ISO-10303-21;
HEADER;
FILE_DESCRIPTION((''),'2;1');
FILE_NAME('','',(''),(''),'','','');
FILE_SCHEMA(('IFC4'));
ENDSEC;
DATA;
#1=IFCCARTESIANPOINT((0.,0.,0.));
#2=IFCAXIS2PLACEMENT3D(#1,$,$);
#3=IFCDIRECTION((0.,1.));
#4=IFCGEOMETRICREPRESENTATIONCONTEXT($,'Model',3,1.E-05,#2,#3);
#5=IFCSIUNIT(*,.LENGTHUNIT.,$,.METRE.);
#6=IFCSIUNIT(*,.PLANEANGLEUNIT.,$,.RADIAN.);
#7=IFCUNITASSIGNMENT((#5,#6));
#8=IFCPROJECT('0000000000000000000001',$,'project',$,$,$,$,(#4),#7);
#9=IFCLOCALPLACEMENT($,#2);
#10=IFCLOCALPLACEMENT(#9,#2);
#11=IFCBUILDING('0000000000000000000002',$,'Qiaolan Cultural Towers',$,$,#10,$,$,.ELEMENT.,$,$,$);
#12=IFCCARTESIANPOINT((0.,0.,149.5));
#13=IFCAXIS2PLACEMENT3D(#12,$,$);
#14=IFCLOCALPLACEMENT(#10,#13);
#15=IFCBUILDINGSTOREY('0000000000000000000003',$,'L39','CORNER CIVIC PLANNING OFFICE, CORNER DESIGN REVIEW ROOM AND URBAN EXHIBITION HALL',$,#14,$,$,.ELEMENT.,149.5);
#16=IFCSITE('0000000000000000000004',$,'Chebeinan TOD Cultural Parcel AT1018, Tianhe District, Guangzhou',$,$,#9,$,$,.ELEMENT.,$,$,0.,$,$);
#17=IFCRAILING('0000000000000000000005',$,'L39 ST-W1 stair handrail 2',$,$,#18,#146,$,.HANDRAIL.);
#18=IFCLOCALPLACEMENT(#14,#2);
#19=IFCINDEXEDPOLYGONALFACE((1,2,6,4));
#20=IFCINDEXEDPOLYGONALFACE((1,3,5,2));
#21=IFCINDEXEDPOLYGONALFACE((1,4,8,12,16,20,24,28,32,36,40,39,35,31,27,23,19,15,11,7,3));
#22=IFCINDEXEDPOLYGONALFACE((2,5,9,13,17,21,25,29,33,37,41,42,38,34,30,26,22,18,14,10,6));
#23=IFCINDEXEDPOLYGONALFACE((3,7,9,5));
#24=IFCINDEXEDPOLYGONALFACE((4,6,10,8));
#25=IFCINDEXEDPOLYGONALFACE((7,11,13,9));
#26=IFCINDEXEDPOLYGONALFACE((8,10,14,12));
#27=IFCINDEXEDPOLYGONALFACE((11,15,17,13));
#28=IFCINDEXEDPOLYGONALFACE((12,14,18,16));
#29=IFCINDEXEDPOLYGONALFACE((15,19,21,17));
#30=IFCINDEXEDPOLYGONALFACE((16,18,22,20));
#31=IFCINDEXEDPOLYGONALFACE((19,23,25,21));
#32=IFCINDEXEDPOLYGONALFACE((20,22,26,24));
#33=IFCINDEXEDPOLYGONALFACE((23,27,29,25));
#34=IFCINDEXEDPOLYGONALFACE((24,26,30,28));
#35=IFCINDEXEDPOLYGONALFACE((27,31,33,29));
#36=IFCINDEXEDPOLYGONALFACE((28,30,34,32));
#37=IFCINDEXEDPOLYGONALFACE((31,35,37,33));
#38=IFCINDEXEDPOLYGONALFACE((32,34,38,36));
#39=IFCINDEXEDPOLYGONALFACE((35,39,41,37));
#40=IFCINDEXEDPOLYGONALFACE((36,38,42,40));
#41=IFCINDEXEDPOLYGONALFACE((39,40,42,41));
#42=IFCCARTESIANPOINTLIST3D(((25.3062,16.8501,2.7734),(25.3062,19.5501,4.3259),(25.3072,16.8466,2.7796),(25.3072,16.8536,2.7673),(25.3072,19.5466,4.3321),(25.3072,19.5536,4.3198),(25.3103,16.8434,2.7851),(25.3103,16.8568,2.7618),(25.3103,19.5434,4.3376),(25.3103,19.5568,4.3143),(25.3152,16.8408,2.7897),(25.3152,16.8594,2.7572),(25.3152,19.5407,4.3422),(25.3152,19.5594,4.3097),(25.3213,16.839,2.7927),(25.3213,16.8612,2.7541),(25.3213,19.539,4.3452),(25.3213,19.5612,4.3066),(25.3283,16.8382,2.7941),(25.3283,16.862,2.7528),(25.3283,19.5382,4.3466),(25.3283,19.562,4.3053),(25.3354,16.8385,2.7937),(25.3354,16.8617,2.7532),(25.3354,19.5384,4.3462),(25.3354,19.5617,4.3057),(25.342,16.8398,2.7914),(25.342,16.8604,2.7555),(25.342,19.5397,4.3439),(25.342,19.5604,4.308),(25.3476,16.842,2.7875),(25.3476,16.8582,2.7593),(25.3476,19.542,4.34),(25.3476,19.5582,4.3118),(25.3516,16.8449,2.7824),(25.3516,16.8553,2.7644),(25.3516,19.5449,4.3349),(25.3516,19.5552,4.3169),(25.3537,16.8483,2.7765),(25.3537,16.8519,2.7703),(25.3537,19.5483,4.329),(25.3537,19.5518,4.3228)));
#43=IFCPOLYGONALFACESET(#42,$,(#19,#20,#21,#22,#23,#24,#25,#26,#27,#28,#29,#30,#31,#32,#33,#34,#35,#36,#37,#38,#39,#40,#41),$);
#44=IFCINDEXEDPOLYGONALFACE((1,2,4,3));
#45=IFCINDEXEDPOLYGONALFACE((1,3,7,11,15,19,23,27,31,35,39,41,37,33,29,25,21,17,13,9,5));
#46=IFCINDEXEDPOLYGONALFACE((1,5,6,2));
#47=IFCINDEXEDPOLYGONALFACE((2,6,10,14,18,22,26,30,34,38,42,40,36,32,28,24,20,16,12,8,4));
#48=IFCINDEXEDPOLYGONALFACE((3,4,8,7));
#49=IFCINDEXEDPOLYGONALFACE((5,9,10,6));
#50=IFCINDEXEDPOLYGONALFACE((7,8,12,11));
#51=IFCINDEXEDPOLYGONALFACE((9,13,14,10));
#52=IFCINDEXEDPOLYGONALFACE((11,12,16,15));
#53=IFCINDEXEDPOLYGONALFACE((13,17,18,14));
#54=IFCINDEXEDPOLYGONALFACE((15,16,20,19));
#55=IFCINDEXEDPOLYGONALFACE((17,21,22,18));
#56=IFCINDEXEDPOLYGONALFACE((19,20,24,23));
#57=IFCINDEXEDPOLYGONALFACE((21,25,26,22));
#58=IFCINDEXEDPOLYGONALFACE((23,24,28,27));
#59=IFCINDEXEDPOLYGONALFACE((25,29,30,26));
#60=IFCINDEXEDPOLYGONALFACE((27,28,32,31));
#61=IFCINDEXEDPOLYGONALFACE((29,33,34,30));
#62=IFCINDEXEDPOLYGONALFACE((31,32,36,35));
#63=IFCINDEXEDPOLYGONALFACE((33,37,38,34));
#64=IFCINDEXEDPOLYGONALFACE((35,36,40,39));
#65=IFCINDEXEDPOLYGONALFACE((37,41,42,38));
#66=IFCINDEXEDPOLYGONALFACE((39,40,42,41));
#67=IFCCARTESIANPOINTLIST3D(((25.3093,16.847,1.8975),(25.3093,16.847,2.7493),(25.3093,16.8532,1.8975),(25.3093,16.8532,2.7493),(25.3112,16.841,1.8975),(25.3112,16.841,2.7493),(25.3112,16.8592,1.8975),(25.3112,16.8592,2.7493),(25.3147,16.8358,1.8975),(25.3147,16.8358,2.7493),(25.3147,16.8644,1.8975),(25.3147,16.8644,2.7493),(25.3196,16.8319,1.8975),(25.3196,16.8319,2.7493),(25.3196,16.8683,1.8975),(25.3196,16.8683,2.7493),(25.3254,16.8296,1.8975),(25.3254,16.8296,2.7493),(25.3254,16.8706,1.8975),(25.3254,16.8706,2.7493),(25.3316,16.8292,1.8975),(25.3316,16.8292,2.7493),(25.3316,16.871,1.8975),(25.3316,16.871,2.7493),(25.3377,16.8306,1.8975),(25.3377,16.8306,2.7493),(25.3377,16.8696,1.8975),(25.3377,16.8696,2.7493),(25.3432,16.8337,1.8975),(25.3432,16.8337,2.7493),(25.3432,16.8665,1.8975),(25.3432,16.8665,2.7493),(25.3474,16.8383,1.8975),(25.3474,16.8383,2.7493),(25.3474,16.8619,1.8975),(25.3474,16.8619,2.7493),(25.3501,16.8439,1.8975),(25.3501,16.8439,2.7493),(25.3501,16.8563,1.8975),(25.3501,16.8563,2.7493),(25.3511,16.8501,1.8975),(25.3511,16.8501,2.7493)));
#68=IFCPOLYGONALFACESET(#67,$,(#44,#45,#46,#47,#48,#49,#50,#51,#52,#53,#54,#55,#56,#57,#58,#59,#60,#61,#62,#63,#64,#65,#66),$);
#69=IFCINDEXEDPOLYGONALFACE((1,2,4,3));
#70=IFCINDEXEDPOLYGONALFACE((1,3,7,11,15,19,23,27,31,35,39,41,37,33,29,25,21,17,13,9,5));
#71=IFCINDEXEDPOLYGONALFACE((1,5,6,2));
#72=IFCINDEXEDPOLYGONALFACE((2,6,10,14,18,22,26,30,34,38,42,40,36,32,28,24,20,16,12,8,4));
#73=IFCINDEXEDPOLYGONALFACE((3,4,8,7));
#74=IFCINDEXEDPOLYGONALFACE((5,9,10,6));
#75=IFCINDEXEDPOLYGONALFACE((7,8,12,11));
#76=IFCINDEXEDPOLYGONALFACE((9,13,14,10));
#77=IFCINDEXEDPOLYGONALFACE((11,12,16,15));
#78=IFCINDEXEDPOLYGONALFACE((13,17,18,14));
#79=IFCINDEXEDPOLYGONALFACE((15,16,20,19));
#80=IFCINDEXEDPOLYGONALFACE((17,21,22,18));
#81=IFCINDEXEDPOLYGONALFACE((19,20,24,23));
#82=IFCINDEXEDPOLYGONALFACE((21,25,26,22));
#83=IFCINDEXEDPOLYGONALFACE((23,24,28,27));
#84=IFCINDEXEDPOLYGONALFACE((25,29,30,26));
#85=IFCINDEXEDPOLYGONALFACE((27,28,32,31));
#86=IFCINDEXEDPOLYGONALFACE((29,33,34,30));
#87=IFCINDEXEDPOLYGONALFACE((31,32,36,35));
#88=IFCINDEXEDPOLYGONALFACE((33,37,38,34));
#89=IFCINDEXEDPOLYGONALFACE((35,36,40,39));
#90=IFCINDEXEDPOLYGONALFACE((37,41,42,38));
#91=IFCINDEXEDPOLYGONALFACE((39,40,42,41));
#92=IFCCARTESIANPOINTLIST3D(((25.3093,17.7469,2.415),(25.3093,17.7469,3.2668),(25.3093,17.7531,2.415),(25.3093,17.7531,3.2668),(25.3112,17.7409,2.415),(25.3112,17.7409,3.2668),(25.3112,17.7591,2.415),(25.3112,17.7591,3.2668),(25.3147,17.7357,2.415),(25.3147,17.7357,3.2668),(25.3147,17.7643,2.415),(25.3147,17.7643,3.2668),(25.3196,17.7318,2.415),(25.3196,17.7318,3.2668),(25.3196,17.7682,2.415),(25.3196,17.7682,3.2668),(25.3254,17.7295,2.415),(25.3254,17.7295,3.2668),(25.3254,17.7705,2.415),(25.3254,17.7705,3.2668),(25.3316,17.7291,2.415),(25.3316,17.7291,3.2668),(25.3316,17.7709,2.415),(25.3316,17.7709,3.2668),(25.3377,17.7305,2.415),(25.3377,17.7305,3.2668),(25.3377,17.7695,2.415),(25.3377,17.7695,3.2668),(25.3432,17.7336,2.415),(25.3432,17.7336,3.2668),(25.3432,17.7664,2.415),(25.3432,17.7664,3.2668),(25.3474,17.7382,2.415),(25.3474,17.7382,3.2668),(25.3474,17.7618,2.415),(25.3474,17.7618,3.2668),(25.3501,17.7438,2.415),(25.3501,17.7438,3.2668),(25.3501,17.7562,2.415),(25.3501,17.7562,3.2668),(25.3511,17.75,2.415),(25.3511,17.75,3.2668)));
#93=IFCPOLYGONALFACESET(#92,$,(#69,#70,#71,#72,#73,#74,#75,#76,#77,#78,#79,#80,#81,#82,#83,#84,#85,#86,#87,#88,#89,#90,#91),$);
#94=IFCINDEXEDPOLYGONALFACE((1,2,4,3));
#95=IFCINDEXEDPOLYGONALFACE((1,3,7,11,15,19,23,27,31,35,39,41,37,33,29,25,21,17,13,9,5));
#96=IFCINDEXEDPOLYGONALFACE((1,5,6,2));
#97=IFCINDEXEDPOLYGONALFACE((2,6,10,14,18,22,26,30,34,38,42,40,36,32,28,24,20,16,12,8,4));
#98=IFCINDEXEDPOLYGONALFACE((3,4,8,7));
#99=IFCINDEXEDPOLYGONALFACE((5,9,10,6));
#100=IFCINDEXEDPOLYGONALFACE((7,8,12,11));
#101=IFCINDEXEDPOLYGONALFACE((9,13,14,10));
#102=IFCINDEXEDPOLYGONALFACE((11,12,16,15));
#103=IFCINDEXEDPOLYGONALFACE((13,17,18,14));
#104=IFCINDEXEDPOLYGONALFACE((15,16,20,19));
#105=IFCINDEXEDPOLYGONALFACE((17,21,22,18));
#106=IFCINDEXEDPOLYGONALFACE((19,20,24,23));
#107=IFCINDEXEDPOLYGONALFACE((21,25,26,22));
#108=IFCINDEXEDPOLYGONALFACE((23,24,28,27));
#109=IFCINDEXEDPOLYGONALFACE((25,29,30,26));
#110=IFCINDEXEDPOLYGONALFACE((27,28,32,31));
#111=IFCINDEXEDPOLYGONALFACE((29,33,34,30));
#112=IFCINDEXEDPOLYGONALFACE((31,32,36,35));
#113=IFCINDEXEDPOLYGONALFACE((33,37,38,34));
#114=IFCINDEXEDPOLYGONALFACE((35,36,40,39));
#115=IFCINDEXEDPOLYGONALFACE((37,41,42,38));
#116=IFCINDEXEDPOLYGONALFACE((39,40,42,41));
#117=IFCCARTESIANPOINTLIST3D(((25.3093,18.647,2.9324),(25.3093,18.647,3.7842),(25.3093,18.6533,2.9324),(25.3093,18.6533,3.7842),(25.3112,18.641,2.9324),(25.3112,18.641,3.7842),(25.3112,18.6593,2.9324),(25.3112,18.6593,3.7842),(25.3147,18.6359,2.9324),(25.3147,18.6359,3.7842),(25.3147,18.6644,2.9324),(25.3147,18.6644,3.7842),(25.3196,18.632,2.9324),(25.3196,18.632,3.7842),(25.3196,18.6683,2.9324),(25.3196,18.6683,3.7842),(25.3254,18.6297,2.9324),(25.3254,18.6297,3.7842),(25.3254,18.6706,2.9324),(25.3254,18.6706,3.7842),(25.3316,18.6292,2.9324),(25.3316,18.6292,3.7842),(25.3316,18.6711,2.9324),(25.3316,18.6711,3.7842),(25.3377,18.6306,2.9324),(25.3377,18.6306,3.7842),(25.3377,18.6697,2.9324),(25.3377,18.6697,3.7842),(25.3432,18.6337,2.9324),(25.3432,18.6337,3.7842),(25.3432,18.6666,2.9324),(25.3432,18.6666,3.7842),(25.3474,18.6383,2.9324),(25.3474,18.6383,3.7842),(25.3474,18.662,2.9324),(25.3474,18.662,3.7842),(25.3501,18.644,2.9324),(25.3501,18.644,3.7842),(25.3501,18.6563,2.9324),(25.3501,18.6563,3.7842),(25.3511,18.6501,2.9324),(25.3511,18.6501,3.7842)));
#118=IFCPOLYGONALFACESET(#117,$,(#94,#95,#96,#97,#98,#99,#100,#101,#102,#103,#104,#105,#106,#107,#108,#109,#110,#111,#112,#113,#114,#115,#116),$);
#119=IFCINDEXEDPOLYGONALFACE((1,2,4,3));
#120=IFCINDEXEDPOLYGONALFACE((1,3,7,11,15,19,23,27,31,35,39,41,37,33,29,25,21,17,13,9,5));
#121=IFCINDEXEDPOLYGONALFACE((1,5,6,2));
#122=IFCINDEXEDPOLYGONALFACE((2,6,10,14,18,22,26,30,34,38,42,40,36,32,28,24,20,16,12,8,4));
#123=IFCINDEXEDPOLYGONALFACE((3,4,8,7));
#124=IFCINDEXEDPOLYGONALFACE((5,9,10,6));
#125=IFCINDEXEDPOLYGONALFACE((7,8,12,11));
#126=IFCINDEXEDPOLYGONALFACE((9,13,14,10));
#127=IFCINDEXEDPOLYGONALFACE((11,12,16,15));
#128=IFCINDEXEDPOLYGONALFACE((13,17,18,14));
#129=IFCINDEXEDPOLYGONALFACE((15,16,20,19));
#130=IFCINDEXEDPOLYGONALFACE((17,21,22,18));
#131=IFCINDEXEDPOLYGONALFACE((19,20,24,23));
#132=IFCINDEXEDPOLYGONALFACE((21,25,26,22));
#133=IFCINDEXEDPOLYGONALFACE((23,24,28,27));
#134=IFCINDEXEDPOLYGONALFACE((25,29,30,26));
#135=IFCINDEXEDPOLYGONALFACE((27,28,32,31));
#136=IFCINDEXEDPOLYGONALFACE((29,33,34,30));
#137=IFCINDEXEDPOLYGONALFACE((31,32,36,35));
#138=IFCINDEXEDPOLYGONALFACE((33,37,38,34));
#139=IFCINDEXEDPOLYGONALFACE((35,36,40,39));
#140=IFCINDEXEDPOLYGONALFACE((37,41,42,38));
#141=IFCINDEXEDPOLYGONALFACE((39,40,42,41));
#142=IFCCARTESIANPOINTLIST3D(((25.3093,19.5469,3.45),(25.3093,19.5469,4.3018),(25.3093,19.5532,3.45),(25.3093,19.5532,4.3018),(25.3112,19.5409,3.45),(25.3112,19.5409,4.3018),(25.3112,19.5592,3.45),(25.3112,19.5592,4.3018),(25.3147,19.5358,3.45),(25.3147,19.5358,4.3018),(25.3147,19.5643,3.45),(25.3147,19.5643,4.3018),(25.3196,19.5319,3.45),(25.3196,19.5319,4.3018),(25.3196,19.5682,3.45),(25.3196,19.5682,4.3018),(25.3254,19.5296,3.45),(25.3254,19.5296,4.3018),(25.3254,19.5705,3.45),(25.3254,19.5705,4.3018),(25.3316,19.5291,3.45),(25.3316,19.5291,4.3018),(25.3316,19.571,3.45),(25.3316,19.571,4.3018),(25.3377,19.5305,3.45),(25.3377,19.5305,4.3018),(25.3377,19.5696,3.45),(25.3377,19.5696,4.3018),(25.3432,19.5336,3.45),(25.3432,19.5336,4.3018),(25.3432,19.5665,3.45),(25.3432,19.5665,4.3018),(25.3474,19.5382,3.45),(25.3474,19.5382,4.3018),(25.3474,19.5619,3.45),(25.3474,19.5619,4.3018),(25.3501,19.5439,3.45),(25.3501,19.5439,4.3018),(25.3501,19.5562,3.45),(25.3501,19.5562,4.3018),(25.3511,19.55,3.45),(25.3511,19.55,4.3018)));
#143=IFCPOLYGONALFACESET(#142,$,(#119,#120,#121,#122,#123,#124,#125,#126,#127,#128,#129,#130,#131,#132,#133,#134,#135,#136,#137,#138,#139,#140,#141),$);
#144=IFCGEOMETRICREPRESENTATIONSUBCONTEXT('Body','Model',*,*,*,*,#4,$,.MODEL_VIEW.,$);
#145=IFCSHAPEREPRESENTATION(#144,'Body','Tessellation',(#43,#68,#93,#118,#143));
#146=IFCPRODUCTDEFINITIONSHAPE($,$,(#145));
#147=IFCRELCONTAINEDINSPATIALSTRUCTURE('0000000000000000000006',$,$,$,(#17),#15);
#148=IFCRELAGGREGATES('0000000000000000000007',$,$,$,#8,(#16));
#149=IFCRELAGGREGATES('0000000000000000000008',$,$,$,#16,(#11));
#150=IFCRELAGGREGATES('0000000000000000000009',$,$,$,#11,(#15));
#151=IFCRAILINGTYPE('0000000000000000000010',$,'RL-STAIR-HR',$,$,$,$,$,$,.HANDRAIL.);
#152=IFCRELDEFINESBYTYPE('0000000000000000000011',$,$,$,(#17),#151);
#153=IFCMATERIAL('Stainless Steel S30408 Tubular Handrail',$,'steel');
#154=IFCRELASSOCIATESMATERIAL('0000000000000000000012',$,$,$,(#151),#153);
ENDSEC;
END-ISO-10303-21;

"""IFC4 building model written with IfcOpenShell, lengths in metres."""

from ifc_helpers import new_model, si_unit, direction, frame, origin, origin_2d, place, context, subcontext, project, spatial, circle, extrude, material, type_object, element, save


model = new_model("IFC4")

# Units and contexts
model_context = context("Model", 3, precision=1e-05, world=origin(), true_north=direction((0.0, 1.0)))
body_context = subcontext(model_context, "Body", "Model", "MODEL_VIEW")
ifc_project = project(units=[si_unit("LENGTHUNIT", "METRE"), si_unit("PLANEANGLEUNIT", "RADIAN")], contexts=[model_context])

# Site, building, storey
site_placement = place(None, origin())
site = spatial("IfcSite", under=ifc_project, at=site_placement, Name="Chebeinan TOD Cultural Parcel AT1018, Tianhe District, Guangzhou", CompositionType="ELEMENT", RefElevation=0.0)
building_placement = place(site_placement, origin())
building = spatial("IfcBuilding", under=site, at=building_placement, Name="Qiaolan Cultural Towers", CompositionType="ELEMENT")
storey_placement = place(building_placement, frame((0.0, 0.0, 149.5)))
storey = spatial("IfcBuildingStorey", under=building, at=storey_placement, Name="L39", Description="CORNER CIVIC PLANNING OFFICE, CORNER DESIGN REVIEW ROOM AND URBAN EXHIBITION HALL", CompositionType="ELEMENT", Elevation=149.5)

# Railing
ifc_material_1 = material(Name="Stainless Steel S30408 Tubular Handrail", Category="steel")
railing_type_1 = type_object("IfcRailingType", Name="RL-STAIR-HR", PredefinedType="HANDRAIL", material=ifc_material_1)
railing_1_placement = place(storey_placement, frame((25.3301, 16.8501, 1.8975)))
element("IfcRailing", 1, at=railing_1_placement, inside=storey, type_object=railing_type_1, Name="L39 ST-W1 stair handrail 2", PredefinedType="HANDRAIL", context=body_context, shape_type="SweptSolid", body=[
    extrude(circle(Radius=0.0239, at=origin_2d()), frame((0.0, 0.0, 0.876), z_axis=(0.0, 0.866904, 0.498476), x_axis=(-1.0, 0.0, 0.0)), (0.0, 0.0, 1.0), 3.1145),
    extrude(circle(Radius=0.021, at=origin_2d()), origin(), (0.0, 0.0, 1.0), 0.8518),
    extrude(circle(Radius=0.021, at=origin_2d()), frame((0.0, 0.8999, 0.5176)), (0.0, 0.0, 1.0), 0.8518),
    extrude(circle(Radius=0.021, at=origin_2d()), frame((0.0, 1.8, 1.0349)), (0.0, 0.0, 1.0), 0.8518),
    extrude(circle(Radius=0.021, at=origin_2d()), frame((0.0, 2.7, 1.5525)), (0.0, 0.0, 1.0), 0.8518),
])

save(model, "model.ifc")
